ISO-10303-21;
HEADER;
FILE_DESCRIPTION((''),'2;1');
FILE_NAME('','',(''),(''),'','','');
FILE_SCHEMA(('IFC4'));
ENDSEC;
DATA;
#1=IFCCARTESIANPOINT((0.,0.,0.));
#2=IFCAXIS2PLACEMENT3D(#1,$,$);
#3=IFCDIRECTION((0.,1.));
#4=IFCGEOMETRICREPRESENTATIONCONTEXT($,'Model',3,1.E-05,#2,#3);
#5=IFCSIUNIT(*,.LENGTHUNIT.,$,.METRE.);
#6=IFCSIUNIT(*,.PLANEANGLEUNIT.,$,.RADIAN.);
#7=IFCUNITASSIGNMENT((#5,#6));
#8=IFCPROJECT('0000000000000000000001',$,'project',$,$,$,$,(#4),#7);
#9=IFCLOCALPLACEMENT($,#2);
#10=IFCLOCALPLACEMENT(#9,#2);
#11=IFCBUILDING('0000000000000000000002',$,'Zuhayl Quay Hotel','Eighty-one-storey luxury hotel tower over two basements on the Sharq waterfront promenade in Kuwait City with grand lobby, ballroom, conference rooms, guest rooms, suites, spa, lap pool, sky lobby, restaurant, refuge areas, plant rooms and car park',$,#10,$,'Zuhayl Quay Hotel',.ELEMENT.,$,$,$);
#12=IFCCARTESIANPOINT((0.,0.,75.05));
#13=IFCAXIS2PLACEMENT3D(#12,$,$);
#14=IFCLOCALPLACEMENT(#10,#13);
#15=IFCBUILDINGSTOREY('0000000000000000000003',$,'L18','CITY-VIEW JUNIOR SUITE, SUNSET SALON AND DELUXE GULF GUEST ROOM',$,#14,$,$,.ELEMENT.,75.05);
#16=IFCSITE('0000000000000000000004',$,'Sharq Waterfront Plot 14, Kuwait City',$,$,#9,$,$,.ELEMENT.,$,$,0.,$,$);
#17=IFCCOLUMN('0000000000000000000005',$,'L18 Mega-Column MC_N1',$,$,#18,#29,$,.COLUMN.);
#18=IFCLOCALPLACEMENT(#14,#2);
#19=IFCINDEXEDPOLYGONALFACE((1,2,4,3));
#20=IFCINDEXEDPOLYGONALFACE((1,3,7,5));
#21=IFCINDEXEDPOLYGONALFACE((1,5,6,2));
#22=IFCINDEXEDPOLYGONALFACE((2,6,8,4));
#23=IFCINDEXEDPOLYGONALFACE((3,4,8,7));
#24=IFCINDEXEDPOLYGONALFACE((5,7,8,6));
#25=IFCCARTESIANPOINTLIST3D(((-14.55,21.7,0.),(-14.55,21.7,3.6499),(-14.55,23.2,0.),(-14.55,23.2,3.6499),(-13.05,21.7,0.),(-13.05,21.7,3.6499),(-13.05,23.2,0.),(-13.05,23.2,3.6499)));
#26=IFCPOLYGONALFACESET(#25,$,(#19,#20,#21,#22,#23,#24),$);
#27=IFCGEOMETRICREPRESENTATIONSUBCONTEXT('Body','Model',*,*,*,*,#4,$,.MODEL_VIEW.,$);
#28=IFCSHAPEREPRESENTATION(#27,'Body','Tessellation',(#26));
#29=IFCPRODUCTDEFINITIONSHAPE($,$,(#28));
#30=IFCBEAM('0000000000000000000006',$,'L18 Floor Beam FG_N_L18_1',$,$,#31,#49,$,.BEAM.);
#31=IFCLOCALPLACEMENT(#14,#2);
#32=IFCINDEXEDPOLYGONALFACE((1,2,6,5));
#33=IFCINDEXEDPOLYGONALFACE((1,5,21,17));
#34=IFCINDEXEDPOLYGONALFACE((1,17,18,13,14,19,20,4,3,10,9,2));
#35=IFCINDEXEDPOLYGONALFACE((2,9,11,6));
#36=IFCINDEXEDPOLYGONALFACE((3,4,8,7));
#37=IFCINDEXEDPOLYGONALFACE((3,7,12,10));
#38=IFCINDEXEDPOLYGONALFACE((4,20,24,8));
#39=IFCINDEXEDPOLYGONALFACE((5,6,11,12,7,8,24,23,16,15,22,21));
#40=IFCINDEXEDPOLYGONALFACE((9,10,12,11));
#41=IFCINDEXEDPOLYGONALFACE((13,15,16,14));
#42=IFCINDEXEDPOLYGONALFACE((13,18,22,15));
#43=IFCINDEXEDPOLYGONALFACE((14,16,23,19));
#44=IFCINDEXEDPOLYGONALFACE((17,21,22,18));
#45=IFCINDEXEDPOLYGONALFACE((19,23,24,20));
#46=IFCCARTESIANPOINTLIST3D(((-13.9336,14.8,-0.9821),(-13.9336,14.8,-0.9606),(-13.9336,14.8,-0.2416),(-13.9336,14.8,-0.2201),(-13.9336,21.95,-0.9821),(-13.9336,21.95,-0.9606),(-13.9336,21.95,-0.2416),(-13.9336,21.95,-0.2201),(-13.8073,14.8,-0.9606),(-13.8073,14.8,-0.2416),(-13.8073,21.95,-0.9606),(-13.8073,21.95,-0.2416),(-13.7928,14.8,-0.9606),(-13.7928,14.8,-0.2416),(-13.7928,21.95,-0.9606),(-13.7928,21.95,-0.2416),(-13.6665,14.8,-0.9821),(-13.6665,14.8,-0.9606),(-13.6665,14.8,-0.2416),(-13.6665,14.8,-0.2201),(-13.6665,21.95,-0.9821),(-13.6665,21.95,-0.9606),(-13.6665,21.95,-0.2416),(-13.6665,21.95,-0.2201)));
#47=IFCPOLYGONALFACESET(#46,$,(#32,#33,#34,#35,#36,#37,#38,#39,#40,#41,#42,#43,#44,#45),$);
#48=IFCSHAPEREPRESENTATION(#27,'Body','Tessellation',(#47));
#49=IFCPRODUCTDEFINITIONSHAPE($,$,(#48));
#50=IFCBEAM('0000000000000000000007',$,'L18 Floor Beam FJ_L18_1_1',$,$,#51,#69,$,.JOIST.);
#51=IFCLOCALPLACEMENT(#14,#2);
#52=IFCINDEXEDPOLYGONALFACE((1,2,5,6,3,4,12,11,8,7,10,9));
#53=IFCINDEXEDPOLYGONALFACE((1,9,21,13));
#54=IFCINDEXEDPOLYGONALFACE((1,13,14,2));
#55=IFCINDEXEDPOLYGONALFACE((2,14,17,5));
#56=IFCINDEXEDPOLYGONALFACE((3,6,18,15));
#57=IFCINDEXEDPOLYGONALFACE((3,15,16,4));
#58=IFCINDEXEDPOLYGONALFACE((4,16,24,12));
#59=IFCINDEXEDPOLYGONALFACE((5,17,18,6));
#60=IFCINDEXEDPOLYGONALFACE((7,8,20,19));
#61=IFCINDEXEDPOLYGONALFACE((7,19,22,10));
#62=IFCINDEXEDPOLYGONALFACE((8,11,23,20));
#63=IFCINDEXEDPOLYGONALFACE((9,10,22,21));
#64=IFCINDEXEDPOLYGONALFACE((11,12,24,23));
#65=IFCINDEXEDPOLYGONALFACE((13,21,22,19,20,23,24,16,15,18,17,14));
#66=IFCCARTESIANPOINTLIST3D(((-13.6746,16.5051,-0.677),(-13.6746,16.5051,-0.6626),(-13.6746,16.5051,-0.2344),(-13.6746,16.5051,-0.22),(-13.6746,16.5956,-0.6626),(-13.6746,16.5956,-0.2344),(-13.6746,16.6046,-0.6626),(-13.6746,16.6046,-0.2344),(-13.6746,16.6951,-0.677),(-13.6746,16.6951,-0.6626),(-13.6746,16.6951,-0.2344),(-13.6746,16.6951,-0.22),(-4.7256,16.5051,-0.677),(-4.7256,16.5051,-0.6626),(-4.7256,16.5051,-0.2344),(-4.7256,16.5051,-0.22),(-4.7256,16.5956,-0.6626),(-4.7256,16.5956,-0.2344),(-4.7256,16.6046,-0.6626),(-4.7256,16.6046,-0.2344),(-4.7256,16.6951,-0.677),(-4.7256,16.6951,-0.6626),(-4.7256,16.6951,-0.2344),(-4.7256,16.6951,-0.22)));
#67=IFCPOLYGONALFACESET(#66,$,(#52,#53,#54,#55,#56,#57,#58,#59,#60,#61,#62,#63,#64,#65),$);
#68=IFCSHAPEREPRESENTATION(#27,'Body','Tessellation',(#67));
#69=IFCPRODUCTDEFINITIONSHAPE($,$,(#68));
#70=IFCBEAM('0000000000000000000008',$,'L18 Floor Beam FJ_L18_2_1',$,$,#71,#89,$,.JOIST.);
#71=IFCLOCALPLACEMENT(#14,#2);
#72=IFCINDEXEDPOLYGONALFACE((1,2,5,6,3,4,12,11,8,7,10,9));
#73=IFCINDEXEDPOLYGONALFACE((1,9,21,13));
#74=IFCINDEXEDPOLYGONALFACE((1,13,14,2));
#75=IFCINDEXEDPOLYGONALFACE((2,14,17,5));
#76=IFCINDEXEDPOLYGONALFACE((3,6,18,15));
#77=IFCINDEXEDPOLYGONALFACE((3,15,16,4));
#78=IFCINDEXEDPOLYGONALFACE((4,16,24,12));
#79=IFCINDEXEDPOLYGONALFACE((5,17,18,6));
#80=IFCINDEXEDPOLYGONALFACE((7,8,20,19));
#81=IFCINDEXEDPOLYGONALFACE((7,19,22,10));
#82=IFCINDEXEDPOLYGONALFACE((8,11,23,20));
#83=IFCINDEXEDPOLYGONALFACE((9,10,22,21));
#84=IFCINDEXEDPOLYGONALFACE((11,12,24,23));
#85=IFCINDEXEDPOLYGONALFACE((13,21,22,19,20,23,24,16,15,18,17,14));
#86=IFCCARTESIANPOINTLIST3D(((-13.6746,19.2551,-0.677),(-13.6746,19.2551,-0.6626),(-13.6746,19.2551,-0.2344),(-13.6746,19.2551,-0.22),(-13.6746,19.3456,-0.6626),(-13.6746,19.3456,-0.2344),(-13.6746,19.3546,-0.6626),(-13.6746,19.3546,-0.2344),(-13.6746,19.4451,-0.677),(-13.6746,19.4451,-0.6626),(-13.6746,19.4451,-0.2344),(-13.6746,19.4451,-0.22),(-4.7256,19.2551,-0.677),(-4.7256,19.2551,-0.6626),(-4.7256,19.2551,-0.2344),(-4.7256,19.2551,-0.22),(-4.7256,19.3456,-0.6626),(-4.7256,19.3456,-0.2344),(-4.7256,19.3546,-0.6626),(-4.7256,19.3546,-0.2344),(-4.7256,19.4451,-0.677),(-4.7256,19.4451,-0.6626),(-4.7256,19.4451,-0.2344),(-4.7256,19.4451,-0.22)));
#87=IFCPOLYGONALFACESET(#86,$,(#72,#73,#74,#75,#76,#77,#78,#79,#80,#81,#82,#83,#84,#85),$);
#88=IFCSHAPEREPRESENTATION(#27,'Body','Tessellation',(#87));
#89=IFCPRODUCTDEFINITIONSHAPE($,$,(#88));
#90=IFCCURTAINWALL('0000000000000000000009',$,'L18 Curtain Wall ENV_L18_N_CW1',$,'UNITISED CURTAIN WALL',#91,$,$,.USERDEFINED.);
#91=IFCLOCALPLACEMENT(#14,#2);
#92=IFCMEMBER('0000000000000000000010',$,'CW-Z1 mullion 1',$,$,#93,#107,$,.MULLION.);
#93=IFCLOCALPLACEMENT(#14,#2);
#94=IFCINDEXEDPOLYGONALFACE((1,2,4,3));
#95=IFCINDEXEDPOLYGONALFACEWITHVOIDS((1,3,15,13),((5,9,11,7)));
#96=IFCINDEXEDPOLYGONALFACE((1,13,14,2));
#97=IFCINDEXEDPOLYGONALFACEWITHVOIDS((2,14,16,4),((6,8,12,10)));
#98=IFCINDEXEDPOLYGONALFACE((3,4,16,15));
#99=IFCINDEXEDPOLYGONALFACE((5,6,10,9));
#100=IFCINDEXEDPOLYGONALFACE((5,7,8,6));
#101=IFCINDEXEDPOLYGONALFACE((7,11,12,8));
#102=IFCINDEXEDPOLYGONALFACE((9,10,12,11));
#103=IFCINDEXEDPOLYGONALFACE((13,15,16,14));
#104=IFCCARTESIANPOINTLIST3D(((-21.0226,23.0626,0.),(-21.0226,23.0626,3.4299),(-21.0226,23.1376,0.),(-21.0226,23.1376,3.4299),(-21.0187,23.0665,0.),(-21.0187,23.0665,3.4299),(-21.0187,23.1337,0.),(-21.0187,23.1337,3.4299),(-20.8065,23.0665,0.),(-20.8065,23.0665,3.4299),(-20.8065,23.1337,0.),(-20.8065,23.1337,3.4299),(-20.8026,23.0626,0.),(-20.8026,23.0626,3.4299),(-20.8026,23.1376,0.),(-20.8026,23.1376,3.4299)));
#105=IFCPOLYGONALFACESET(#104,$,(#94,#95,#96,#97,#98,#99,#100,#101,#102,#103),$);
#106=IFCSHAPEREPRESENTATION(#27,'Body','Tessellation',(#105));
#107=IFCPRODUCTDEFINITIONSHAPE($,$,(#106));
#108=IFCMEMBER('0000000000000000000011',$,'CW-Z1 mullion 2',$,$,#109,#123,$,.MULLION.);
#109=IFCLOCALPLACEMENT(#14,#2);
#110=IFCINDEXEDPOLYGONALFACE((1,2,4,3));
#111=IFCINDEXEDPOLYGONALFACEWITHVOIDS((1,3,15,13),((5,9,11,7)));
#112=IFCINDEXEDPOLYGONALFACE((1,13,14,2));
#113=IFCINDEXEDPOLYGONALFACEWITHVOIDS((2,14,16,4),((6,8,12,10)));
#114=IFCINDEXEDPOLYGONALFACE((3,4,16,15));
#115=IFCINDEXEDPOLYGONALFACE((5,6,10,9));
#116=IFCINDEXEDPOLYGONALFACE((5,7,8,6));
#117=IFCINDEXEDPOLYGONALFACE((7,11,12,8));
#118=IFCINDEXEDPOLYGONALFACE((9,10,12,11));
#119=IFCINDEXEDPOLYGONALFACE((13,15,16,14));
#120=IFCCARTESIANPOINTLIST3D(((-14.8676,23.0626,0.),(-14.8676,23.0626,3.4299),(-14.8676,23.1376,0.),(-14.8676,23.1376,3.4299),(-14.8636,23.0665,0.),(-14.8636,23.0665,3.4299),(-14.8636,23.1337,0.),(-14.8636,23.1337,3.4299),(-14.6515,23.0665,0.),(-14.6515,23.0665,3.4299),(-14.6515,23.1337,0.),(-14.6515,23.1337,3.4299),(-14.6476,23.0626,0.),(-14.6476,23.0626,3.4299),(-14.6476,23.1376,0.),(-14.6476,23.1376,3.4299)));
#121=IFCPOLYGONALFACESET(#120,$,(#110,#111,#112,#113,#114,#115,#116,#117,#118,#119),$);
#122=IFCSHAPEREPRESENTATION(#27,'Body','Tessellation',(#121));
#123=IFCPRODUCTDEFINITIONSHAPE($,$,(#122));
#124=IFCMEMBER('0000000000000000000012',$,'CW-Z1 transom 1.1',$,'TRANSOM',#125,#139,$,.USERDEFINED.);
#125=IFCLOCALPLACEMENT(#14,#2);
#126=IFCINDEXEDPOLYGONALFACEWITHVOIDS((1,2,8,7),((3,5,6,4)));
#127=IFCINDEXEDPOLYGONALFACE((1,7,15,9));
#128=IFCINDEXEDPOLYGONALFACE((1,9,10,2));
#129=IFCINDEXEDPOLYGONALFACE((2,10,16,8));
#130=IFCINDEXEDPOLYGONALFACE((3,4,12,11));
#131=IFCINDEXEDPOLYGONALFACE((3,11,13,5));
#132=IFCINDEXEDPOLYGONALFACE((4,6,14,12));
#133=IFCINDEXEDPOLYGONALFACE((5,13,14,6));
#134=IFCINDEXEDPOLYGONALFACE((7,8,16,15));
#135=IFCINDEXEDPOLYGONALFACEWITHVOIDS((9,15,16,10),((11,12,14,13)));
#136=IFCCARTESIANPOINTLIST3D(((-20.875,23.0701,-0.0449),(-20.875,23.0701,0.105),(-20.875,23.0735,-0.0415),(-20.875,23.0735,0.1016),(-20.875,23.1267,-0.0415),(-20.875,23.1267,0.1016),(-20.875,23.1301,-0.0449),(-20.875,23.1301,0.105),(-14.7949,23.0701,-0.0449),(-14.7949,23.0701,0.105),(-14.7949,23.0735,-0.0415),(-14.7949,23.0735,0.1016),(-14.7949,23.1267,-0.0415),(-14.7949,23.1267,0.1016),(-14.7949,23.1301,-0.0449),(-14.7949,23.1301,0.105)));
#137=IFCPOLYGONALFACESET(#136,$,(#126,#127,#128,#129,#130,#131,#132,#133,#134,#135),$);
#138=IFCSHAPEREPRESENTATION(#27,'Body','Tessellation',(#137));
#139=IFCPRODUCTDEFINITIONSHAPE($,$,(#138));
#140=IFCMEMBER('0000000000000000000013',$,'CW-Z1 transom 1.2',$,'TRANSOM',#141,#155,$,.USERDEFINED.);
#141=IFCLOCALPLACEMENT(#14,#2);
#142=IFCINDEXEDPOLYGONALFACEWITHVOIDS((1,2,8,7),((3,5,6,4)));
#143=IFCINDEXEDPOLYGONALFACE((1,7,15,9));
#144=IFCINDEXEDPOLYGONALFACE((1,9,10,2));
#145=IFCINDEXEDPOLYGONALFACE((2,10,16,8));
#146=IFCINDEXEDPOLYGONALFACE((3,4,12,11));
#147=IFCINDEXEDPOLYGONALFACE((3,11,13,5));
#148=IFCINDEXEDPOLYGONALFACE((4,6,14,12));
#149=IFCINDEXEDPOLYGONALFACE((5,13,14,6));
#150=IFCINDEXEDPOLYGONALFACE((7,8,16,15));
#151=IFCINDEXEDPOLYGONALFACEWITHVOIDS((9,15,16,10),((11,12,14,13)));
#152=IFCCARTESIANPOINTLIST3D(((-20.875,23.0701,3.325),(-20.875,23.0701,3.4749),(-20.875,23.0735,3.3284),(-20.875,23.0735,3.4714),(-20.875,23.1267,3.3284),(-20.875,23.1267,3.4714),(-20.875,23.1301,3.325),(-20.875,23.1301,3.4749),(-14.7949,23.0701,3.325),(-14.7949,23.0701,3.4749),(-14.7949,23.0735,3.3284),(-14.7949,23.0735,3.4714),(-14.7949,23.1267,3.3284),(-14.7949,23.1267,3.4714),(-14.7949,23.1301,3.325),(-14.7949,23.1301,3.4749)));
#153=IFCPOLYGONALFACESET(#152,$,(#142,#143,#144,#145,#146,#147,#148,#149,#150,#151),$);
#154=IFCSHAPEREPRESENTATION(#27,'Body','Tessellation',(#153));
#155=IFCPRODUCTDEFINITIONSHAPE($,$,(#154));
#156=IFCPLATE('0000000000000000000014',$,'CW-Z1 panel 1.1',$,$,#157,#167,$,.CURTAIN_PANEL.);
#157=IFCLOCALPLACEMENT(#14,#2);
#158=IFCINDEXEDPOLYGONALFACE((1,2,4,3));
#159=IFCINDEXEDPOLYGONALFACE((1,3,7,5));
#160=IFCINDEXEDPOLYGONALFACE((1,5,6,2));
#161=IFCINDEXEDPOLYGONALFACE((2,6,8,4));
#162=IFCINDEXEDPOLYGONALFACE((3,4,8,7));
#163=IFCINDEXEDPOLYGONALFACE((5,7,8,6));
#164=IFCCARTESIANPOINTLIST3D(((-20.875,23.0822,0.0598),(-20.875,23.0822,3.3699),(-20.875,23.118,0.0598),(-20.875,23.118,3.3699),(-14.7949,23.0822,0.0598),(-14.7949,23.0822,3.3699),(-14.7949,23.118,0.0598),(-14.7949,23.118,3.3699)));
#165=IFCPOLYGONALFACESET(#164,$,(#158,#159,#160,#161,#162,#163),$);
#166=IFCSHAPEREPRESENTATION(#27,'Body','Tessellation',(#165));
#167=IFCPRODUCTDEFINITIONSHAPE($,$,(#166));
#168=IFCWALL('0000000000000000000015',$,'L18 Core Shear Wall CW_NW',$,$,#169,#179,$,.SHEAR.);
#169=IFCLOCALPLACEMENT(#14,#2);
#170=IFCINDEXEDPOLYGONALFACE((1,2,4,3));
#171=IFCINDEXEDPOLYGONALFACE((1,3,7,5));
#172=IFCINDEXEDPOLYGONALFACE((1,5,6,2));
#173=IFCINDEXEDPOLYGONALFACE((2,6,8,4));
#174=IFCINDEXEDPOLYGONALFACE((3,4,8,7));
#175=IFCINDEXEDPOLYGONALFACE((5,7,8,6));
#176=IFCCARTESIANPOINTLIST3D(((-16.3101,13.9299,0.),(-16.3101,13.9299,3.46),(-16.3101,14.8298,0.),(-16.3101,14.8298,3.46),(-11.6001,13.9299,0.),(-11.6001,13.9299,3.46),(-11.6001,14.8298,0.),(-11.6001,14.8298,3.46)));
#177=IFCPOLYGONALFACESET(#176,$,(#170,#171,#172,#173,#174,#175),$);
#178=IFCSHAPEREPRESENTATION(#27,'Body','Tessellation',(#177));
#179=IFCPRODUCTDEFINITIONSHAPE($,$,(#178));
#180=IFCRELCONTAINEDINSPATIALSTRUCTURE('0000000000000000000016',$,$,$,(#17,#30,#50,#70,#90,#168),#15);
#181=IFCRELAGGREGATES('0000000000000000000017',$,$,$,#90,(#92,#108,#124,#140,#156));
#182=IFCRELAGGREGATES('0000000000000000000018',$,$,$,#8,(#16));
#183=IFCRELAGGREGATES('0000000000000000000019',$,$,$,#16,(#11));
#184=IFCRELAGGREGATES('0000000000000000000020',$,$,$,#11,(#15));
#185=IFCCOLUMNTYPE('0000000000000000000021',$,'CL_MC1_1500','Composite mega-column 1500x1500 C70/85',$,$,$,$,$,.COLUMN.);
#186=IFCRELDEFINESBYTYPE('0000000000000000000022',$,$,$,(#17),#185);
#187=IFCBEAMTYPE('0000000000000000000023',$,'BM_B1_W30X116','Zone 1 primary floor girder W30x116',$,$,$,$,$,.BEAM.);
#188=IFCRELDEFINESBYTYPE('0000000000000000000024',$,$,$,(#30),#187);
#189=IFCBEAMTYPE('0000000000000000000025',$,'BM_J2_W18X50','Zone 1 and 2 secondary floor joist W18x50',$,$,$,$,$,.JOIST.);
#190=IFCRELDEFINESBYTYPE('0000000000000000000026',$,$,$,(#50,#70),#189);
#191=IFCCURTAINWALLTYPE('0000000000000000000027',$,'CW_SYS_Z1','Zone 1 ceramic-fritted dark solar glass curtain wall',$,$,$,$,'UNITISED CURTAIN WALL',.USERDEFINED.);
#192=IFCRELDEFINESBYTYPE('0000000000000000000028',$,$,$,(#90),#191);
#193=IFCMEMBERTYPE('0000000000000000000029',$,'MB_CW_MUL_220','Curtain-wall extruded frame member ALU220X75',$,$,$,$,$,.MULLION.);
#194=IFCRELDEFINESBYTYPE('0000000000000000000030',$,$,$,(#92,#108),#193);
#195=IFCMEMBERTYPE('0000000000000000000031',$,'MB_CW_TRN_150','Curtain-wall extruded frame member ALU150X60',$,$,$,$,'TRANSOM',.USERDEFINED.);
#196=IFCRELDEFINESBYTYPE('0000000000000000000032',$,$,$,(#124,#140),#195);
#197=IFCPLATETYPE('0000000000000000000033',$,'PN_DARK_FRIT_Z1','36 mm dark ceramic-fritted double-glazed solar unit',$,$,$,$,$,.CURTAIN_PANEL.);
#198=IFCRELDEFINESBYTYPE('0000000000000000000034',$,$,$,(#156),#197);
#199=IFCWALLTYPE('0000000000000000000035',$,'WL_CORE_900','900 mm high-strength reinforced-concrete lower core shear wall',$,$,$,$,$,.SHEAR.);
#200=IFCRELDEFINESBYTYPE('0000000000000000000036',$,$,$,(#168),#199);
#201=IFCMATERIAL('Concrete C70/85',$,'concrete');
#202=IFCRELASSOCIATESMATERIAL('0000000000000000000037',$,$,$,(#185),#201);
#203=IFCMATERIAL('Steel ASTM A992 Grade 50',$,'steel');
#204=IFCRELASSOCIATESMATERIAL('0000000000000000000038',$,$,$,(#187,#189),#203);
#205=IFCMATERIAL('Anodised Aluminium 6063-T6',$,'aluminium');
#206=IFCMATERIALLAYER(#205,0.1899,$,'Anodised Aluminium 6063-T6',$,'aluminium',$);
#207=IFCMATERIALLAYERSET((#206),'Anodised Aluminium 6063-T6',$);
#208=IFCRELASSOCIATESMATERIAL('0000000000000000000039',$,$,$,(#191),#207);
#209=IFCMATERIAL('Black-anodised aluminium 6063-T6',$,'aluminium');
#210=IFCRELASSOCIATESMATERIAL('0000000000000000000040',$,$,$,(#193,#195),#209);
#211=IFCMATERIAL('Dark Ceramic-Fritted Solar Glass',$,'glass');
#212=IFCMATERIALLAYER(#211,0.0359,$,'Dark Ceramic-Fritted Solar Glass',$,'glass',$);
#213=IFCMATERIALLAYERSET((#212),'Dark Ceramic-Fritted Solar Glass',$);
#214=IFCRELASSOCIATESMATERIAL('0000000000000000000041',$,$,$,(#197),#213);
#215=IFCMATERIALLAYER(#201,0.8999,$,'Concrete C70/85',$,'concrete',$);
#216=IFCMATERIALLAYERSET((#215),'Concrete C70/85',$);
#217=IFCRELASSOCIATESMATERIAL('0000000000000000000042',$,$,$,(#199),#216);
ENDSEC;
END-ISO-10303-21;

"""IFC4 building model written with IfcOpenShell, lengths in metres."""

from ifc_helpers import new_model, si_unit, direction, frame, frame_2d, origin, origin_2d, place, context, subcontext, project, spatial, rectangle, hollow_rectangle, i_section, extrude, material, layer, layer_set, material_profile, profile_set, type_object, element, aggregate, save


model = new_model("IFC4")

# Units and contexts
model_context = context("Model", 3, precision=1e-05, world=origin(), true_north=direction((0.0, 1.0)))
body_context = subcontext(model_context, "Body", "Model", "MODEL_VIEW")
ifc_project = project(units=[si_unit("LENGTHUNIT", "METRE"), si_unit("PLANEANGLEUNIT", "RADIAN")], contexts=[model_context])

# Site, building, storey
site_placement = place(None, origin())
site = spatial("IfcSite", under=ifc_project, at=site_placement, Name="Sharq Waterfront Plot 14, Kuwait City", CompositionType="ELEMENT", RefElevation=0.0)
building_placement = place(site_placement, origin())
building = spatial("IfcBuilding", under=site, at=building_placement, Name="Zuhayl Quay Hotel", Description="Eighty-one-storey luxury hotel tower over two basements on the Sharq waterfront promenade in Kuwait City with grand lobby, ballroom, conference rooms, guest rooms, suites, spa, lap pool, sky lobby, restaurant, refuge areas, plant rooms and car park", LongName="Zuhayl Quay Hotel", CompositionType="ELEMENT")
storey_placement = place(building_placement, frame((0.0, 0.0, 75.05)))
storey = spatial("IfcBuildingStorey", under=building, at=storey_placement, Name="L18", Description="CITY-VIEW JUNIOR SUITE, SUNSET SALON AND DELUXE GULF GUEST ROOM", CompositionType="ELEMENT", Elevation=75.05)

# Column
ifc_material_1 = material(Name="Concrete C70/85", Category="concrete")
ifc_material_profile_1 = material_profile(ifc_material_1, rectangle(XDim=1.5, YDim=1.5, at=origin_2d()), Name="RC1500X1500")
ifc_profile_set_1 = profile_set([ifc_material_profile_1], Name="Concrete C70/85")
column_type = type_object("IfcColumnType", Name="CL_MC1_1500", Description="Composite mega-column 1500x1500 C70/85", PredefinedType="COLUMN", material=ifc_profile_set_1)
column_placement = place(storey_placement, frame((-13.8, 22.45, 0.0), z_axis=(0.0, 0.0, 1.0), x_axis=(1.0, 0.0, 0.0)))
element("IfcColumn", 1, at=column_placement, inside=storey, type_object=column_type, Name="L18 Mega-Column MC_N1", PredefinedType="COLUMN", context=body_context, shape_type="SweptSolid", body=[
    extrude(rectangle(XDim=1.5, YDim=1.5, at=origin_2d()), origin(), (0.0, 0.0, 1.0), 3.6499),
])

# Beams
ifc_material_2 = material(Name="Steel ASTM A992 Grade 50", Category="steel")
ifc_material_profile_2 = material_profile(ifc_material_2, i_section(OverallWidth=0.2671, OverallDepth=0.762, WebThickness=0.0144, FlangeThickness=0.0215, at=origin_2d()), Name="W30X116")
ifc_profile_set_2 = profile_set([ifc_material_profile_2], Name="Steel ASTM A992 Grade 50")
beam_type_1 = type_object("IfcBeamType", Name="BM_B1_W30X116", Description="Zone 1 primary floor girder W30x116", PredefinedType="BEAM", material=ifc_profile_set_2)
beam_placement = place(storey_placement, frame((-13.8, 14.8, -0.6011), z_axis=(0.0, 1.0, 0.0), x_axis=(-1.0, 0.0, 0.0)))
element("IfcBeam", 2, at=beam_placement, inside=storey, type_object=beam_type_1, Name="L18 Floor Beam FG_N_L18_1", PredefinedType="BEAM", context=body_context, shape_type="SweptSolid", body=[
    extrude(i_section(OverallWidth=0.2671, OverallDepth=0.762, WebThickness=0.0144, FlangeThickness=0.0215, at=origin_2d()), origin(), (0.0, 0.0, 1.0), 7.1499),
])
ifc_material_profile_3 = material_profile(ifc_material_2, i_section(OverallWidth=0.1899, OverallDepth=0.457, WebThickness=0.009, FlangeThickness=0.0144, at=origin_2d()), Name="W18X50")
ifc_profile_set_3 = profile_set([ifc_material_profile_3], Name="Steel ASTM A992 Grade 50")
beam_type_2 = type_object("IfcBeamType", Name="BM_J2_W18X50", Description="Zone 1 and 2 secondary floor joist W18x50", PredefinedType="JOIST", material=ifc_profile_set_3)
for number, where, z_axis, x_axis, name in (
    (3, (-13.6746, 16.6001, -0.4485), (1.0, 0.0, 0.0), (0.0, 1.0, 0.0), "L18 Floor Beam FJ_L18_1_1"),
    (4, (-13.6746, 19.3501, -0.4485), (1.0, 0.0, 0.0), (0.0, 1.0, 0.0), "L18 Floor Beam FJ_L18_2_1"),
):
    element("IfcBeam", number, at=place(storey_placement, frame(where, z_axis=z_axis, x_axis=x_axis)), inside=storey, type_object=beam_type_2, Name=name, PredefinedType="JOIST", context=body_context, shape_type="SweptSolid", body=[
        extrude(i_section(OverallWidth=0.1899, OverallDepth=0.457, WebThickness=0.009, FlangeThickness=0.0144, at=origin_2d()), origin(), (0.0, 0.0, 1.0), 8.949),
    ])

# Curtain wall, members, plate
ifc_material_3 = material(Name="Anodised Aluminium 6063-T6", Category="aluminium")
ifc_layer_1 = layer(ifc_material_3, 0.1899, Name="Anodised Aluminium 6063-T6", Category="aluminium")
ifc_layer_set_1 = layer_set([ifc_layer_1], Name="Anodised Aluminium 6063-T6")
curtain_wall_type = type_object("IfcCurtainWallType", Name="CW_SYS_Z1", Description="Zone 1 ceramic-fritted dark solar glass curtain wall", ElementType="UNITISED CURTAIN WALL", PredefinedType="USERDEFINED", material=ifc_layer_set_1)
curtain_wall_placement = place(storey_placement, origin())
curtain_wall = element("IfcCurtainWall", 5, at=curtain_wall_placement, inside=storey, type_object=curtain_wall_type, Name="L18 Curtain Wall ENV_L18_N_CW1", ObjectType="UNITISED CURTAIN WALL", PredefinedType="USERDEFINED")
ifc_material_4 = material(Name="Black-anodised aluminium 6063-T6", Category="aluminium")
ifc_material_profile_4 = material_profile(ifc_material_4, hollow_rectangle(XDim=0.075, YDim=0.22, WallThickness=0.0039, at=origin_2d()), Name="ALU220X75")
ifc_profile_set_4 = profile_set([ifc_material_profile_4], Name="Black-anodised aluminium 6063-T6")
member_type_1 = type_object("IfcMemberType", Name="MB_CW_MUL_220", Description="Curtain-wall extruded frame member ALU220X75", PredefinedType="MULLION", material=ifc_profile_set_4)
member_1_placement = place(storey_placement, frame((-20.9126, 23.1001, 0.0), z_axis=(0.0, 0.0, 1.0), x_axis=(0.0, 1.0, 0.0)))
member_1 = element("IfcMember", 6, at=member_1_placement, type_object=member_type_1, Name="CW-Z1 mullion 1", PredefinedType="MULLION", context=body_context, shape_type="SweptSolid", body=[
    extrude(hollow_rectangle(XDim=0.075, YDim=0.22, WallThickness=0.0039, at=origin_2d()), origin(), (0.0, 0.0, 1.0), 3.4299),
])
member_2_placement = place(storey_placement, frame((-14.7576, 23.1001, 0.0), z_axis=(0.0, 0.0, 1.0), x_axis=(0.0, 1.0, 0.0)))
member_2 = element("IfcMember", 7, at=member_2_placement, type_object=member_type_1, Name="CW-Z1 mullion 2", PredefinedType="MULLION", context=body_context, shape_type="SweptSolid", body=[
    extrude(hollow_rectangle(XDim=0.075, YDim=0.22, WallThickness=0.0039, at=origin_2d()), origin(), (0.0, 0.0, 1.0), 3.4299),
])
ifc_material_profile_5 = material_profile(ifc_material_4, hollow_rectangle(XDim=0.0601, YDim=0.1499, WallThickness=0.0034, at=origin_2d()), Name="ALU150X60")
ifc_profile_set_5 = profile_set([ifc_material_profile_5], Name="Black-anodised aluminium 6063-T6")
member_type_2 = type_object("IfcMemberType", Name="MB_CW_TRN_150", Description="Curtain-wall extruded frame member ALU150X60", ElementType="TRANSOM", PredefinedType="USERDEFINED", material=ifc_profile_set_5)
member_3_placement = place(storey_placement, frame((-20.875, 23.1001, 0.03), z_axis=(1.0, 0.0, 0.0), x_axis=(0.0, 1.0, 0.0)))
member_3 = element("IfcMember", 8, at=member_3_placement, type_object=member_type_2, Name="CW-Z1 transom 1.1", ObjectType="TRANSOM", PredefinedType="USERDEFINED", context=body_context, shape_type="SweptSolid", body=[
    extrude(hollow_rectangle(XDim=0.0601, YDim=0.1499, WallThickness=0.0034, at=origin_2d()), origin(), (0.0, 0.0, 1.0), 6.0801),
])
member_4_placement = place(storey_placement, frame((-20.875, 23.1001, 3.3999), z_axis=(1.0, 0.0, 0.0), x_axis=(0.0, 1.0, 0.0)))
member_4 = element("IfcMember", 9, at=member_4_placement, type_object=member_type_2, Name="CW-Z1 transom 1.2", ObjectType="TRANSOM", PredefinedType="USERDEFINED", context=body_context, shape_type="SweptSolid", body=[
    extrude(hollow_rectangle(XDim=0.0601, YDim=0.1499, WallThickness=0.0034, at=origin_2d()), origin(), (0.0, 0.0, 1.0), 6.0801),
])
ifc_material_5 = material(Name="Dark Ceramic-Fritted Solar Glass", Category="glass")
ifc_layer_2 = layer(ifc_material_5, 0.0359, Name="Dark Ceramic-Fritted Solar Glass", Category="glass")
ifc_layer_set_2 = layer_set([ifc_layer_2], Name="Dark Ceramic-Fritted Solar Glass")
plate_type = type_object("IfcPlateType", Name="PN_DARK_FRIT_Z1", Description="36 mm dark ceramic-fritted double-glazed solar unit", PredefinedType="CURTAIN_PANEL", material=ifc_layer_set_2)
plate_placement = place(storey_placement, frame((-17.835, 23.1001, 0.0598), z_axis=(0.0, 0.0, 1.0), x_axis=(1.0, 0.0, 0.0)))
plate = element("IfcPlate", 10, at=plate_placement, type_object=plate_type, Name="CW-Z1 panel 1.1", PredefinedType="CURTAIN_PANEL", context=body_context, shape_type="SweptSolid", body=[
    extrude(rectangle(XDim=6.0801, YDim=0.0359, at=origin_2d()), origin(), (0.0, 0.0, 1.0), 3.3101),
])
aggregate(curtain_wall, [member_1, member_2, member_3, member_4, plate])

# Wall
ifc_layer_3 = layer(ifc_material_1, 0.8999, Name="Concrete C70/85", Category="concrete")
ifc_layer_set_3 = layer_set([ifc_layer_3], Name="Concrete C70/85")
wall_type_1 = type_object("IfcWallType", Name="WL_CORE_900", Description="900 mm high-strength reinforced-concrete lower core shear wall", PredefinedType="SHEAR", material=ifc_layer_set_3)
wall_1_placement = place(storey_placement, frame((-16.3101, 14.3799, 0.0), z_axis=(0.0, 0.0, 1.0), x_axis=(1.0, 0.0, 0.0)))
element("IfcWall", 11, at=wall_1_placement, inside=storey, type_object=wall_type_1, Name="L18 Core Shear Wall CW_NW", PredefinedType="SHEAR", context=body_context, shape_type="SweptSolid", body=[
    extrude(rectangle(XDim=4.71, YDim=0.8999, at=frame_2d((2.355, 0.0))), origin(), (0.0, 0.0, 1.0), 3.46),
])

save(model, "model.ifc")
